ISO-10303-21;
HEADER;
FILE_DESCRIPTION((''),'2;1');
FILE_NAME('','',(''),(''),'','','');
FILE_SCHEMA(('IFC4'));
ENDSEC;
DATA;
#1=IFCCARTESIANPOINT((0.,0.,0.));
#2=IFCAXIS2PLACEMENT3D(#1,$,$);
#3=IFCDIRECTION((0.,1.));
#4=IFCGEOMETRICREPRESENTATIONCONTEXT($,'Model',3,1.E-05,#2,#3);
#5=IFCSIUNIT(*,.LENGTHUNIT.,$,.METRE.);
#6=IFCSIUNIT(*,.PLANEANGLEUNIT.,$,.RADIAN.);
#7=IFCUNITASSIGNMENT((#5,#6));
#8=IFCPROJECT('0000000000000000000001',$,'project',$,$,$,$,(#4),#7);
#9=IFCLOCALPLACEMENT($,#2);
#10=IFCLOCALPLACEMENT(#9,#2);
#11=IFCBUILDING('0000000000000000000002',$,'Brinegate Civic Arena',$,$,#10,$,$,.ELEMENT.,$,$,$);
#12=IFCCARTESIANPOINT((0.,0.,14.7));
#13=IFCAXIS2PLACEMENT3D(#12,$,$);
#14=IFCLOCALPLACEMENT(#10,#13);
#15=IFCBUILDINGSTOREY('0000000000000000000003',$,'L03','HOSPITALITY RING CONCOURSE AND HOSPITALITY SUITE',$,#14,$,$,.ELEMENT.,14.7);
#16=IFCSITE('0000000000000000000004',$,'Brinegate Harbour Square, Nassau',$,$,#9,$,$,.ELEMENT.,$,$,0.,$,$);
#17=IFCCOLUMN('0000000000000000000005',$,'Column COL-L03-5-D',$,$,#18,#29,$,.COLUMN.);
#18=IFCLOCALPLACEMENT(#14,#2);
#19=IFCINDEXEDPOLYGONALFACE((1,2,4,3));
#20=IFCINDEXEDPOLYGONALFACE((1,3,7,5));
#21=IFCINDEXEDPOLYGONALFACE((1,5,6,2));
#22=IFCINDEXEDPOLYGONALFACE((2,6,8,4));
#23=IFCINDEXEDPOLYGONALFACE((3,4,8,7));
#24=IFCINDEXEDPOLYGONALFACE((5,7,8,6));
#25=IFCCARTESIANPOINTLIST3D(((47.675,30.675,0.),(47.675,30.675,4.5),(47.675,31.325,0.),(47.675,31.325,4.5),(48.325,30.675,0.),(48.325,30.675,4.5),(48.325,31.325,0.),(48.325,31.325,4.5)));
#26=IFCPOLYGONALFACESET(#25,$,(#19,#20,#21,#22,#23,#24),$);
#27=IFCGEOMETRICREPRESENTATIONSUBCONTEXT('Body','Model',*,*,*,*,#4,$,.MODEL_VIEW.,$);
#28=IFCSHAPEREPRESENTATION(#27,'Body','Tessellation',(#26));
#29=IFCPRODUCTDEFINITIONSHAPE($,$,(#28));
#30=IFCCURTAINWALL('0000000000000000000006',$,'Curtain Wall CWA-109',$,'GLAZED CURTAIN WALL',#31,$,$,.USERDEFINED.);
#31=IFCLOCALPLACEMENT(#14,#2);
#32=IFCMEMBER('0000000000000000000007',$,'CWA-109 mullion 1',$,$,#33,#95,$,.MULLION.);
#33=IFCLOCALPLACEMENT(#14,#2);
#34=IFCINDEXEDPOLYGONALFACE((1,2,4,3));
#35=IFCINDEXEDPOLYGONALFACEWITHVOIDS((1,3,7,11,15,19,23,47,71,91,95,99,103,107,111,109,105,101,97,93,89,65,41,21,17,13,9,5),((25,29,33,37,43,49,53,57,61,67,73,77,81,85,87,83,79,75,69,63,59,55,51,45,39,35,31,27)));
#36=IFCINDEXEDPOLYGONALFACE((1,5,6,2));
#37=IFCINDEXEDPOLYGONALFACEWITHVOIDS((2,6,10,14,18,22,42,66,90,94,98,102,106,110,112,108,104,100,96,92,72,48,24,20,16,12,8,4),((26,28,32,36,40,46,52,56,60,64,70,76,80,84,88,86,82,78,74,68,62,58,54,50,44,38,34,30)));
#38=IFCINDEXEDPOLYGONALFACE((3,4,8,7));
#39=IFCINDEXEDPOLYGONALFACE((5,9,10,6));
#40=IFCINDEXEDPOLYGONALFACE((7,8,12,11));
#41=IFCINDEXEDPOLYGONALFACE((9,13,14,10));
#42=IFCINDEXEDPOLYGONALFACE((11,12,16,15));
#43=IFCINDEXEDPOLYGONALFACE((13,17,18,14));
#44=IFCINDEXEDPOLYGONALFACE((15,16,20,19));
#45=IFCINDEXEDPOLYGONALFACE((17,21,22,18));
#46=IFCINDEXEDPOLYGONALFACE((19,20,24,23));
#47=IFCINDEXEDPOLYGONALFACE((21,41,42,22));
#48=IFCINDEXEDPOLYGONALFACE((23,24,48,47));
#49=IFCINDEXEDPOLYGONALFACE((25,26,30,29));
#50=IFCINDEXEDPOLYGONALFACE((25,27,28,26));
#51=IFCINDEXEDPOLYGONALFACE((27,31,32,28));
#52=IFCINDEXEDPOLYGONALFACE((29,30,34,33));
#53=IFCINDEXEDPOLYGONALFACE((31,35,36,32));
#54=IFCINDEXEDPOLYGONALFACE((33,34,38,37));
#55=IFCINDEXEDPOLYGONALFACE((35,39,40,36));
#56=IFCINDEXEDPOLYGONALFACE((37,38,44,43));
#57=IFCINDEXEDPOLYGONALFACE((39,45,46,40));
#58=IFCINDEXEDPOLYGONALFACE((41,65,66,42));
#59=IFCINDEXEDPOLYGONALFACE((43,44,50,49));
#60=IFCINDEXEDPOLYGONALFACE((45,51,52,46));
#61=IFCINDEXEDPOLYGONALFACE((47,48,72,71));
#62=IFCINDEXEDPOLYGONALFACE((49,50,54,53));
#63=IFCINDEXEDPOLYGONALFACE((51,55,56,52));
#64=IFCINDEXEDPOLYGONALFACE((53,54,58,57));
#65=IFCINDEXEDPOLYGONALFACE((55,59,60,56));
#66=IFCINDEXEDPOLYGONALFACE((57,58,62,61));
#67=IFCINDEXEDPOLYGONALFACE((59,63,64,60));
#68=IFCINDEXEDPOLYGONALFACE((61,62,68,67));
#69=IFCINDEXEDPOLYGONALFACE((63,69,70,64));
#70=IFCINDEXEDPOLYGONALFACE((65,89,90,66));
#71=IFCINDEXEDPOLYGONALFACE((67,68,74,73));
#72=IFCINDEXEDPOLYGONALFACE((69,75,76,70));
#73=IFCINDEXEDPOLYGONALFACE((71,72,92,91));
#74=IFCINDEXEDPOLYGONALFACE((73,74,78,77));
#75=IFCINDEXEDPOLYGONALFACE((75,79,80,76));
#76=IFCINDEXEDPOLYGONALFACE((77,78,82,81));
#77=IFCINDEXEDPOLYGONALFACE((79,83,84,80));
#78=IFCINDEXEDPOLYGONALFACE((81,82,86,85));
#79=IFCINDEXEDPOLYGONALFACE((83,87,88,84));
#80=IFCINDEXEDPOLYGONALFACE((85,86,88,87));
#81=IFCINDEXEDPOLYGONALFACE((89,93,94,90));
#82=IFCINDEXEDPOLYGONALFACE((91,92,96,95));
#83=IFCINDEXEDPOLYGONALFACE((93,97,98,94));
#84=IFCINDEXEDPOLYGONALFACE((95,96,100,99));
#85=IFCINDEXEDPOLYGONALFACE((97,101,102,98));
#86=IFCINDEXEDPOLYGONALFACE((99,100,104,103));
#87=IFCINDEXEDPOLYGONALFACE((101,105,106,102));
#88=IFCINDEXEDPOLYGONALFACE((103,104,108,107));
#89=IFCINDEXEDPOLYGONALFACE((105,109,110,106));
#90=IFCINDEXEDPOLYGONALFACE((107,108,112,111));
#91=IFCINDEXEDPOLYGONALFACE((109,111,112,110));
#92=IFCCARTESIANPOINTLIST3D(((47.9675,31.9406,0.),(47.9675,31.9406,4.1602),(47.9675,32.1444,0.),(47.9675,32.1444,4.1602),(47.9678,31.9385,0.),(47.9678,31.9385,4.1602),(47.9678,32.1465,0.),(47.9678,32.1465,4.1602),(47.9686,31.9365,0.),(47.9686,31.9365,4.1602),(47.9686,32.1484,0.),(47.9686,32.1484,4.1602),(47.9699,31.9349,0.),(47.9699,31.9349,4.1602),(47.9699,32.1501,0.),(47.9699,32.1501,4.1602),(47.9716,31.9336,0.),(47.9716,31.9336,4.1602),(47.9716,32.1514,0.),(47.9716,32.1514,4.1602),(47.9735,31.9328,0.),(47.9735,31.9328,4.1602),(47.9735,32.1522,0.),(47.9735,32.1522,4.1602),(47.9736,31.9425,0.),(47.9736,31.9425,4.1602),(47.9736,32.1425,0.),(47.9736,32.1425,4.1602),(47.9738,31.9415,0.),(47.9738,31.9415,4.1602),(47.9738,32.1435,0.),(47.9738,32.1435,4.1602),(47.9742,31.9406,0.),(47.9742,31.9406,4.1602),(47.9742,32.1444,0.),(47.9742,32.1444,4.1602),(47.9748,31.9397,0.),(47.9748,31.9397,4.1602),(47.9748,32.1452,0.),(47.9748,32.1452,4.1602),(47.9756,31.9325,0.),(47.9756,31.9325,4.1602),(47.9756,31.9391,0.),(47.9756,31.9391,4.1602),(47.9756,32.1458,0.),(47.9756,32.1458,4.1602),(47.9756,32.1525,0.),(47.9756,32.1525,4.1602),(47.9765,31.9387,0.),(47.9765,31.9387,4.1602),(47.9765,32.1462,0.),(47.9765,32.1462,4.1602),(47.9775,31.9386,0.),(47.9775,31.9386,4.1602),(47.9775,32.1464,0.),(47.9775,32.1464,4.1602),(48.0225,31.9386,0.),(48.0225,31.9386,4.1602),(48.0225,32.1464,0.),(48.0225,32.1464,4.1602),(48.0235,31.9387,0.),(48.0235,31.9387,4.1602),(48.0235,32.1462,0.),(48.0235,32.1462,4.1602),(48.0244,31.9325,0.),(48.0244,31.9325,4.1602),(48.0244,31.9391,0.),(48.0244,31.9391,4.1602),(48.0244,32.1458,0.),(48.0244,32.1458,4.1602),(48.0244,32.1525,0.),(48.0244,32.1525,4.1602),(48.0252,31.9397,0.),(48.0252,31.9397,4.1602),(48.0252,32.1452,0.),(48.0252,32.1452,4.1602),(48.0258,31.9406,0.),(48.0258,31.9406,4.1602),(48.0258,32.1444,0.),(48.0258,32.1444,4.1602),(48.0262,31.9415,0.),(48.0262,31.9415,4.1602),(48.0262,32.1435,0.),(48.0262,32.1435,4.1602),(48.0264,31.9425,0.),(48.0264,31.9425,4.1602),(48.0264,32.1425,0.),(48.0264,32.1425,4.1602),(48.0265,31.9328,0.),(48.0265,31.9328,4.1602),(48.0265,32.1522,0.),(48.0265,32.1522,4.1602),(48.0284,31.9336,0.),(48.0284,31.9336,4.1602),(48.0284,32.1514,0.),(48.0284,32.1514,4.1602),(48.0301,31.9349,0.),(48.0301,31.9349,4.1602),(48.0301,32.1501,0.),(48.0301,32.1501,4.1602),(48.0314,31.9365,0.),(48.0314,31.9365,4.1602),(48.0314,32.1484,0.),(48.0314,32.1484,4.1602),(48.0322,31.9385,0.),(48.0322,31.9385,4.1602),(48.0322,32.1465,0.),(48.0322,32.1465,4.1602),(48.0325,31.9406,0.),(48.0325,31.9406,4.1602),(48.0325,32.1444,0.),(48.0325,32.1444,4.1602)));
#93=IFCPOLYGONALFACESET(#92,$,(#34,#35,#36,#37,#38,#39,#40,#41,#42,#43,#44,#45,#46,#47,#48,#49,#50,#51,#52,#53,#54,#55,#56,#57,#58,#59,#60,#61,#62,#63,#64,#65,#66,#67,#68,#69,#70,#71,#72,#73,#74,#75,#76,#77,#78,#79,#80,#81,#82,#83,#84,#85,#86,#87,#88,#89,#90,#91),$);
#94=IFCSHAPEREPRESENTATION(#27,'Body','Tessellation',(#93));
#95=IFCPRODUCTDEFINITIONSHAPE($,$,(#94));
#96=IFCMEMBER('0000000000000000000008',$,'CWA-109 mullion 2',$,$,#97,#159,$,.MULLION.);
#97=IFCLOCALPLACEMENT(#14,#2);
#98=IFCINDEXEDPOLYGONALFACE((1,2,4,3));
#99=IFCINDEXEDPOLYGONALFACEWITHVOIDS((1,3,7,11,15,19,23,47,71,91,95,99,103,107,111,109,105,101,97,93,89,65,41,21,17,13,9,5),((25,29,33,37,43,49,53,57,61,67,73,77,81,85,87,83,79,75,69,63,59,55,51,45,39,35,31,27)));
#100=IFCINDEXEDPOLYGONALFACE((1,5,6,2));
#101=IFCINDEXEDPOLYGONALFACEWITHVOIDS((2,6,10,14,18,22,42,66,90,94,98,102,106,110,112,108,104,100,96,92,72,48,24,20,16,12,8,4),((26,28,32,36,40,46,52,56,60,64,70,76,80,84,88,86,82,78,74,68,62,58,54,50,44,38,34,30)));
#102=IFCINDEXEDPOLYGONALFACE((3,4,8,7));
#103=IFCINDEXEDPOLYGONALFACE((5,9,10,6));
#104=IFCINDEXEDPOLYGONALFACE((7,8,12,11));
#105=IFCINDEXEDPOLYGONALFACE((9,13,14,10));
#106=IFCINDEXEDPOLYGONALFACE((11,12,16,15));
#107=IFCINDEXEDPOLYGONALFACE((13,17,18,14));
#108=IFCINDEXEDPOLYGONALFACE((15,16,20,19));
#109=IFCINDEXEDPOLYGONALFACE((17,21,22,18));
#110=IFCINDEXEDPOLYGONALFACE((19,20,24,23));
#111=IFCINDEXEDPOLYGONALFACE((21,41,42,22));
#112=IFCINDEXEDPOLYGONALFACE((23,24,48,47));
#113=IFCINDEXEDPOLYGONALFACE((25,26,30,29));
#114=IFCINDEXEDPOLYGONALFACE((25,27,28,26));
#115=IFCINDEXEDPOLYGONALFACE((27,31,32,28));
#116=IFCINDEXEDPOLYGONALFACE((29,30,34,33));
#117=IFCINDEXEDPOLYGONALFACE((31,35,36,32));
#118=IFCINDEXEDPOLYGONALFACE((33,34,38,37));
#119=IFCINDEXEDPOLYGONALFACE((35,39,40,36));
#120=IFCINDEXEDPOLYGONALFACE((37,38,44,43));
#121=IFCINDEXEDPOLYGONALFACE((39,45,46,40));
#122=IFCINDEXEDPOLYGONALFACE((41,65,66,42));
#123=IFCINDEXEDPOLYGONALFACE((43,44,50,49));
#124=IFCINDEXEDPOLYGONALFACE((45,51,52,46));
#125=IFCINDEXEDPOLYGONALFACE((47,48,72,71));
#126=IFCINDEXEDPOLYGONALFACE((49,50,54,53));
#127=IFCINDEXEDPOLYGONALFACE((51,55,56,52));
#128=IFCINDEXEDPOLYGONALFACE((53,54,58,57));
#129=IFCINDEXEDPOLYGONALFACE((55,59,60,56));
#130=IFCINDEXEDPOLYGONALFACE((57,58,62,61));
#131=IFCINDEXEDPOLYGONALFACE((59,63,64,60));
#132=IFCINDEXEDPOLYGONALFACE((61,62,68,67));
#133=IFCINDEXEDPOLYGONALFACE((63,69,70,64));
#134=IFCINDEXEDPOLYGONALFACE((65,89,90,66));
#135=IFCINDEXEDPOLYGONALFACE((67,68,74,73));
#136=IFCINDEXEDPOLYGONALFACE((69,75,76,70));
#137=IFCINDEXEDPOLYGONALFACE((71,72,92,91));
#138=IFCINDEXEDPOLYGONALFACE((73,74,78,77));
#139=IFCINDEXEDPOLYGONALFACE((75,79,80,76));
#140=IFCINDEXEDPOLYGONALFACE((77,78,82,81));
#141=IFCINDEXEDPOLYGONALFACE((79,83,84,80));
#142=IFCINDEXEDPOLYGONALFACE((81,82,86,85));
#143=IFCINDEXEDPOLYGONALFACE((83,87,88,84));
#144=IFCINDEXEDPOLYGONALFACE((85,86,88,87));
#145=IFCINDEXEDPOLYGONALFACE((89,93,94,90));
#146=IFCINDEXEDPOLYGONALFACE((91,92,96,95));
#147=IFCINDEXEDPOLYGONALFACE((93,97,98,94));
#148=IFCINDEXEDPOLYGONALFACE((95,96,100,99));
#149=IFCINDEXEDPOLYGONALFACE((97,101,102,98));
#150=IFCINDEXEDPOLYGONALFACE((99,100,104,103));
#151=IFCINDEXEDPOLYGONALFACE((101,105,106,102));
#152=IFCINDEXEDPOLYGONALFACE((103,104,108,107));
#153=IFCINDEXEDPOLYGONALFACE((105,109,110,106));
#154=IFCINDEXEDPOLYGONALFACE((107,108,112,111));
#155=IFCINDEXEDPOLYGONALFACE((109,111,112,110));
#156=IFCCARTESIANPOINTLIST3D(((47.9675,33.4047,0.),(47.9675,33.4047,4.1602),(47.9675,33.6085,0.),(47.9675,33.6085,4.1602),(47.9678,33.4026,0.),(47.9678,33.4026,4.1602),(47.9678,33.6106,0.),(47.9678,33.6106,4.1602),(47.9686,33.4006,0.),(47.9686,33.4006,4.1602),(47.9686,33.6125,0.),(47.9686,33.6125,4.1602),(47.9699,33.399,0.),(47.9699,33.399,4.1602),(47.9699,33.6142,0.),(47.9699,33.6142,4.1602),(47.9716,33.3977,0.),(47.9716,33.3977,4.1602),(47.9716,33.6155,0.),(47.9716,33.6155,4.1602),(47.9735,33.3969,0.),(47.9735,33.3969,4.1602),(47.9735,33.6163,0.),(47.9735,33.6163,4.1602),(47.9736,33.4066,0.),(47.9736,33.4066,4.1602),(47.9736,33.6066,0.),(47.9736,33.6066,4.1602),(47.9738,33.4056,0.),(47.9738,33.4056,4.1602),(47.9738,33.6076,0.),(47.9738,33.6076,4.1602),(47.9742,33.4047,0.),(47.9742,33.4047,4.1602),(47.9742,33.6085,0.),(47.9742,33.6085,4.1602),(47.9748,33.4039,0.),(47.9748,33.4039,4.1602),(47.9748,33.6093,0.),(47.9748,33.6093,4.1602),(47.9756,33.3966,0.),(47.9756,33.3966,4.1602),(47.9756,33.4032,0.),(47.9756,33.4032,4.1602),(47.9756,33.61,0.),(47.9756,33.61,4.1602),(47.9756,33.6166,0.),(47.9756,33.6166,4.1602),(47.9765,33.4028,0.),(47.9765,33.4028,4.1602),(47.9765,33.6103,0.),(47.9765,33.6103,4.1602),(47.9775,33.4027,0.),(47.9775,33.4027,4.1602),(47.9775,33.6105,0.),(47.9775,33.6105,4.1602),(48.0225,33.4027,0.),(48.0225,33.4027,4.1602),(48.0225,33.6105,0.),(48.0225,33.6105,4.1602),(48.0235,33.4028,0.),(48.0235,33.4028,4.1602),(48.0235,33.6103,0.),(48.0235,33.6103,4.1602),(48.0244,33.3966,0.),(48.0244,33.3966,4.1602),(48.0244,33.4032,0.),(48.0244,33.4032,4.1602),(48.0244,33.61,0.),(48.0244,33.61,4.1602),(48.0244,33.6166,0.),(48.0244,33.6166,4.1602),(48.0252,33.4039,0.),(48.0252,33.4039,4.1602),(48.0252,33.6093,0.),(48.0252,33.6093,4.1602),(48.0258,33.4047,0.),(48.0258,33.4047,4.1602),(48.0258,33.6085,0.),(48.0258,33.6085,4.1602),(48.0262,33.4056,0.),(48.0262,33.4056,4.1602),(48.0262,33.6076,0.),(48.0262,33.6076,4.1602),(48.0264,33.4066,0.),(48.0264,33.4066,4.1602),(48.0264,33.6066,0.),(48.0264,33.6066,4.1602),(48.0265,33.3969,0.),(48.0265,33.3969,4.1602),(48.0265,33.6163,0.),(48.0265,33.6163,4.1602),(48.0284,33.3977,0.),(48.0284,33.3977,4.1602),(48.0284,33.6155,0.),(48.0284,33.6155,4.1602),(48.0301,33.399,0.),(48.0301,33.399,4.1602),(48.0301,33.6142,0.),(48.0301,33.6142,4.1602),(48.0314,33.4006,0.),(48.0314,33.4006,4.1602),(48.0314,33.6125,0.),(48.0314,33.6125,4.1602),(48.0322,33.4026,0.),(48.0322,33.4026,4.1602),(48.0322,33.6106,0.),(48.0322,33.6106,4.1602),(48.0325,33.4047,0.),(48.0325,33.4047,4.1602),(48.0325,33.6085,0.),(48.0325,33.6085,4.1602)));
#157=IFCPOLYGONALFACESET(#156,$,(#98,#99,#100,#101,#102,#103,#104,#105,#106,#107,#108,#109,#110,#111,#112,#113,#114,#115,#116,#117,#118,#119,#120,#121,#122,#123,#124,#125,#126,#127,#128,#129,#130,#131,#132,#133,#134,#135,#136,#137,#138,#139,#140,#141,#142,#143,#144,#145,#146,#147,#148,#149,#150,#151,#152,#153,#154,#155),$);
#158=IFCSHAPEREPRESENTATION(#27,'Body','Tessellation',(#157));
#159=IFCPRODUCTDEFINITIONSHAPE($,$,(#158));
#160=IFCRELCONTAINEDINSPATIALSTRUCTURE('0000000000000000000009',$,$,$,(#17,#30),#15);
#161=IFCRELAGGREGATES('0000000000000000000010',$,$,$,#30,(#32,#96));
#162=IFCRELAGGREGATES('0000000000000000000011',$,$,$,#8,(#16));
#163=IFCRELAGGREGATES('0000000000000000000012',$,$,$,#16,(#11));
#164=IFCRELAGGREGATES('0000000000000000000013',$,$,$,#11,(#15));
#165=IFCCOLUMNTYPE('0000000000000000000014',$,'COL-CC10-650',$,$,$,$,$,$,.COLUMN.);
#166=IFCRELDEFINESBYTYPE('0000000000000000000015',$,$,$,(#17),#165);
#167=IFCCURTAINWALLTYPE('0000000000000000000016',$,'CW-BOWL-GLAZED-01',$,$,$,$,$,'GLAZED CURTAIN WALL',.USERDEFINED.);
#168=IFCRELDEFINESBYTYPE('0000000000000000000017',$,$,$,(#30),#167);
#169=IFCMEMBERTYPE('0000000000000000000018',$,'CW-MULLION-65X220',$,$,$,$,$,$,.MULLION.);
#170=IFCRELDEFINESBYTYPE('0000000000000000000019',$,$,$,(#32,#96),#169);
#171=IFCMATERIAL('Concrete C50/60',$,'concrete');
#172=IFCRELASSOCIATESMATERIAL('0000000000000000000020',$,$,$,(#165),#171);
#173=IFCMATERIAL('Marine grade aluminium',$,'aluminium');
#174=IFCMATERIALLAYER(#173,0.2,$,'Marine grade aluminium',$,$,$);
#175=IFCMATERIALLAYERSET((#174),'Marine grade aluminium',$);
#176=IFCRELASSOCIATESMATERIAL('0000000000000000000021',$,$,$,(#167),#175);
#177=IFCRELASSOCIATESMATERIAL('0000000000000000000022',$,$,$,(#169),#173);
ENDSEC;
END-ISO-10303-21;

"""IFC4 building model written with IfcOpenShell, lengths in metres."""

from ifc_helpers import new_model, si_unit, direction, frame, origin, origin_2d, place, context, subcontext, project, spatial, rectangle, hollow_rectangle, extrude, material, layer, layer_set, material_profile, profile_set, type_object, element, aggregate, save


model = new_model("IFC4")

# Units and contexts
model_context = context("Model", 3, precision=1e-05, world=origin(), true_north=direction((0.0, 1.0)))
body_context = subcontext(model_context, "Body", "Model", "MODEL_VIEW")
ifc_project = project(units=[si_unit("LENGTHUNIT", "METRE"), si_unit("PLANEANGLEUNIT", "RADIAN")], contexts=[model_context])

# Site, building, storey
site_placement = place(None, origin())
site = spatial("IfcSite", under=ifc_project, at=site_placement, Name="Brinegate Harbour Square, Nassau", CompositionType="ELEMENT", RefElevation=0.0)
building_placement = place(site_placement, origin())
building = spatial("IfcBuilding", under=site, at=building_placement, Name="Brinegate Civic Arena", CompositionType="ELEMENT")
storey_placement = place(building_placement, frame((0.0, 0.0, 14.7)))
storey = spatial("IfcBuildingStorey", under=building, at=storey_placement, Name="L03", Description="HOSPITALITY RING CONCOURSE AND HOSPITALITY SUITE", CompositionType="ELEMENT", Elevation=14.7)

# Column
ifc_material_1 = material(Name="Concrete C50/60", Category="concrete")
ifc_material_profile_1 = material_profile(ifc_material_1, rectangle(XDim=0.6499, YDim=0.6499, at=origin_2d()), Name="RC650X650")
ifc_profile_set_1 = profile_set([ifc_material_profile_1], Name="Concrete C50/60")
column_type = type_object("IfcColumnType", Name="COL-CC10-650", PredefinedType="COLUMN", material=ifc_profile_set_1)
column_placement = place(storey_placement, frame((48.0, 31.0, 0.0), z_axis=(0.0, 0.0, 1.0), x_axis=(1.0, 0.0, 0.0)))
element("IfcColumn", 1, at=column_placement, inside=storey, type_object=column_type, Name="Column COL-L03-5-D", PredefinedType="COLUMN", context=body_context, shape_type="SweptSolid", body=[
    extrude(rectangle(XDim=0.6499, YDim=0.6499, at=origin_2d()), origin(), (0.0, 0.0, 1.0), 4.5),
])

# Curtain wall, members
ifc_material_2 = material(Name="Marine grade aluminium", Category="aluminium")
ifc_layer_1 = layer(ifc_material_2, 0.2, Name="Marine grade aluminium")
ifc_layer_set_1 = layer_set([ifc_layer_1], Name="Marine grade aluminium")
curtain_wall_type = type_object("IfcCurtainWallType", Name="CW-BOWL-GLAZED-01", ElementType="GLAZED CURTAIN WALL", PredefinedType="USERDEFINED", material=ifc_layer_set_1)
curtain_wall_1_placement = place(storey_placement, origin())
curtain_wall_1 = element("IfcCurtainWall", 2, at=curtain_wall_1_placement, inside=storey, type_object=curtain_wall_type, Name="Curtain Wall CWA-109", ObjectType="GLAZED CURTAIN WALL", PredefinedType="USERDEFINED")
ifc_material_profile_2 = material_profile(ifc_material_2, hollow_rectangle(XDim=0.0649, YDim=0.22, WallThickness=0.0061, InnerFilletRadius=0.0039, OuterFilletRadius=0.0081, at=origin_2d()), Name="MUL65X220")
ifc_profile_set_2 = profile_set([ifc_material_profile_2], Name="Marine grade aluminium")
member_type_1 = type_object("IfcMemberType", Name="CW-MULLION-65X220", PredefinedType="MULLION", material=ifc_profile_set_2)
member_1_placement = place(storey_placement, frame((48.0, 32.0425, 0.0), z_axis=(0.0, 0.0, 1.0), x_axis=(-1.0, 0.0, 0.0)))
member_1 = element("IfcMember", 3, at=member_1_placement, type_object=member_type_1, Name="CWA-109 mullion 1", PredefinedType="MULLION", context=body_context, shape_type="SweptSolid", body=[
    extrude(hollow_rectangle(XDim=0.0649, YDim=0.22, WallThickness=0.0061, InnerFilletRadius=0.0039, OuterFilletRadius=0.0081, at=origin_2d()), origin(), (0.0, 0.0, 1.0), 4.1602),
])
member_2_placement = place(storey_placement, frame((48.0, 33.5066, 0.0), z_axis=(0.0, 0.0, 1.0), x_axis=(-1.0, 0.0, 0.0)))
member_2 = element("IfcMember", 4, at=member_2_placement, type_object=member_type_1, Name="CWA-109 mullion 2", PredefinedType="MULLION", context=body_context, shape_type="SweptSolid", body=[
    extrude(hollow_rectangle(XDim=0.0649, YDim=0.22, WallThickness=0.0061, InnerFilletRadius=0.0039, OuterFilletRadius=0.0081, at=origin_2d()), origin(), (0.0, 0.0, 1.0), 4.1602),
])

aggregate(curtain_wall_1, [member_1, member_2])

save(model, "model.ifc")
